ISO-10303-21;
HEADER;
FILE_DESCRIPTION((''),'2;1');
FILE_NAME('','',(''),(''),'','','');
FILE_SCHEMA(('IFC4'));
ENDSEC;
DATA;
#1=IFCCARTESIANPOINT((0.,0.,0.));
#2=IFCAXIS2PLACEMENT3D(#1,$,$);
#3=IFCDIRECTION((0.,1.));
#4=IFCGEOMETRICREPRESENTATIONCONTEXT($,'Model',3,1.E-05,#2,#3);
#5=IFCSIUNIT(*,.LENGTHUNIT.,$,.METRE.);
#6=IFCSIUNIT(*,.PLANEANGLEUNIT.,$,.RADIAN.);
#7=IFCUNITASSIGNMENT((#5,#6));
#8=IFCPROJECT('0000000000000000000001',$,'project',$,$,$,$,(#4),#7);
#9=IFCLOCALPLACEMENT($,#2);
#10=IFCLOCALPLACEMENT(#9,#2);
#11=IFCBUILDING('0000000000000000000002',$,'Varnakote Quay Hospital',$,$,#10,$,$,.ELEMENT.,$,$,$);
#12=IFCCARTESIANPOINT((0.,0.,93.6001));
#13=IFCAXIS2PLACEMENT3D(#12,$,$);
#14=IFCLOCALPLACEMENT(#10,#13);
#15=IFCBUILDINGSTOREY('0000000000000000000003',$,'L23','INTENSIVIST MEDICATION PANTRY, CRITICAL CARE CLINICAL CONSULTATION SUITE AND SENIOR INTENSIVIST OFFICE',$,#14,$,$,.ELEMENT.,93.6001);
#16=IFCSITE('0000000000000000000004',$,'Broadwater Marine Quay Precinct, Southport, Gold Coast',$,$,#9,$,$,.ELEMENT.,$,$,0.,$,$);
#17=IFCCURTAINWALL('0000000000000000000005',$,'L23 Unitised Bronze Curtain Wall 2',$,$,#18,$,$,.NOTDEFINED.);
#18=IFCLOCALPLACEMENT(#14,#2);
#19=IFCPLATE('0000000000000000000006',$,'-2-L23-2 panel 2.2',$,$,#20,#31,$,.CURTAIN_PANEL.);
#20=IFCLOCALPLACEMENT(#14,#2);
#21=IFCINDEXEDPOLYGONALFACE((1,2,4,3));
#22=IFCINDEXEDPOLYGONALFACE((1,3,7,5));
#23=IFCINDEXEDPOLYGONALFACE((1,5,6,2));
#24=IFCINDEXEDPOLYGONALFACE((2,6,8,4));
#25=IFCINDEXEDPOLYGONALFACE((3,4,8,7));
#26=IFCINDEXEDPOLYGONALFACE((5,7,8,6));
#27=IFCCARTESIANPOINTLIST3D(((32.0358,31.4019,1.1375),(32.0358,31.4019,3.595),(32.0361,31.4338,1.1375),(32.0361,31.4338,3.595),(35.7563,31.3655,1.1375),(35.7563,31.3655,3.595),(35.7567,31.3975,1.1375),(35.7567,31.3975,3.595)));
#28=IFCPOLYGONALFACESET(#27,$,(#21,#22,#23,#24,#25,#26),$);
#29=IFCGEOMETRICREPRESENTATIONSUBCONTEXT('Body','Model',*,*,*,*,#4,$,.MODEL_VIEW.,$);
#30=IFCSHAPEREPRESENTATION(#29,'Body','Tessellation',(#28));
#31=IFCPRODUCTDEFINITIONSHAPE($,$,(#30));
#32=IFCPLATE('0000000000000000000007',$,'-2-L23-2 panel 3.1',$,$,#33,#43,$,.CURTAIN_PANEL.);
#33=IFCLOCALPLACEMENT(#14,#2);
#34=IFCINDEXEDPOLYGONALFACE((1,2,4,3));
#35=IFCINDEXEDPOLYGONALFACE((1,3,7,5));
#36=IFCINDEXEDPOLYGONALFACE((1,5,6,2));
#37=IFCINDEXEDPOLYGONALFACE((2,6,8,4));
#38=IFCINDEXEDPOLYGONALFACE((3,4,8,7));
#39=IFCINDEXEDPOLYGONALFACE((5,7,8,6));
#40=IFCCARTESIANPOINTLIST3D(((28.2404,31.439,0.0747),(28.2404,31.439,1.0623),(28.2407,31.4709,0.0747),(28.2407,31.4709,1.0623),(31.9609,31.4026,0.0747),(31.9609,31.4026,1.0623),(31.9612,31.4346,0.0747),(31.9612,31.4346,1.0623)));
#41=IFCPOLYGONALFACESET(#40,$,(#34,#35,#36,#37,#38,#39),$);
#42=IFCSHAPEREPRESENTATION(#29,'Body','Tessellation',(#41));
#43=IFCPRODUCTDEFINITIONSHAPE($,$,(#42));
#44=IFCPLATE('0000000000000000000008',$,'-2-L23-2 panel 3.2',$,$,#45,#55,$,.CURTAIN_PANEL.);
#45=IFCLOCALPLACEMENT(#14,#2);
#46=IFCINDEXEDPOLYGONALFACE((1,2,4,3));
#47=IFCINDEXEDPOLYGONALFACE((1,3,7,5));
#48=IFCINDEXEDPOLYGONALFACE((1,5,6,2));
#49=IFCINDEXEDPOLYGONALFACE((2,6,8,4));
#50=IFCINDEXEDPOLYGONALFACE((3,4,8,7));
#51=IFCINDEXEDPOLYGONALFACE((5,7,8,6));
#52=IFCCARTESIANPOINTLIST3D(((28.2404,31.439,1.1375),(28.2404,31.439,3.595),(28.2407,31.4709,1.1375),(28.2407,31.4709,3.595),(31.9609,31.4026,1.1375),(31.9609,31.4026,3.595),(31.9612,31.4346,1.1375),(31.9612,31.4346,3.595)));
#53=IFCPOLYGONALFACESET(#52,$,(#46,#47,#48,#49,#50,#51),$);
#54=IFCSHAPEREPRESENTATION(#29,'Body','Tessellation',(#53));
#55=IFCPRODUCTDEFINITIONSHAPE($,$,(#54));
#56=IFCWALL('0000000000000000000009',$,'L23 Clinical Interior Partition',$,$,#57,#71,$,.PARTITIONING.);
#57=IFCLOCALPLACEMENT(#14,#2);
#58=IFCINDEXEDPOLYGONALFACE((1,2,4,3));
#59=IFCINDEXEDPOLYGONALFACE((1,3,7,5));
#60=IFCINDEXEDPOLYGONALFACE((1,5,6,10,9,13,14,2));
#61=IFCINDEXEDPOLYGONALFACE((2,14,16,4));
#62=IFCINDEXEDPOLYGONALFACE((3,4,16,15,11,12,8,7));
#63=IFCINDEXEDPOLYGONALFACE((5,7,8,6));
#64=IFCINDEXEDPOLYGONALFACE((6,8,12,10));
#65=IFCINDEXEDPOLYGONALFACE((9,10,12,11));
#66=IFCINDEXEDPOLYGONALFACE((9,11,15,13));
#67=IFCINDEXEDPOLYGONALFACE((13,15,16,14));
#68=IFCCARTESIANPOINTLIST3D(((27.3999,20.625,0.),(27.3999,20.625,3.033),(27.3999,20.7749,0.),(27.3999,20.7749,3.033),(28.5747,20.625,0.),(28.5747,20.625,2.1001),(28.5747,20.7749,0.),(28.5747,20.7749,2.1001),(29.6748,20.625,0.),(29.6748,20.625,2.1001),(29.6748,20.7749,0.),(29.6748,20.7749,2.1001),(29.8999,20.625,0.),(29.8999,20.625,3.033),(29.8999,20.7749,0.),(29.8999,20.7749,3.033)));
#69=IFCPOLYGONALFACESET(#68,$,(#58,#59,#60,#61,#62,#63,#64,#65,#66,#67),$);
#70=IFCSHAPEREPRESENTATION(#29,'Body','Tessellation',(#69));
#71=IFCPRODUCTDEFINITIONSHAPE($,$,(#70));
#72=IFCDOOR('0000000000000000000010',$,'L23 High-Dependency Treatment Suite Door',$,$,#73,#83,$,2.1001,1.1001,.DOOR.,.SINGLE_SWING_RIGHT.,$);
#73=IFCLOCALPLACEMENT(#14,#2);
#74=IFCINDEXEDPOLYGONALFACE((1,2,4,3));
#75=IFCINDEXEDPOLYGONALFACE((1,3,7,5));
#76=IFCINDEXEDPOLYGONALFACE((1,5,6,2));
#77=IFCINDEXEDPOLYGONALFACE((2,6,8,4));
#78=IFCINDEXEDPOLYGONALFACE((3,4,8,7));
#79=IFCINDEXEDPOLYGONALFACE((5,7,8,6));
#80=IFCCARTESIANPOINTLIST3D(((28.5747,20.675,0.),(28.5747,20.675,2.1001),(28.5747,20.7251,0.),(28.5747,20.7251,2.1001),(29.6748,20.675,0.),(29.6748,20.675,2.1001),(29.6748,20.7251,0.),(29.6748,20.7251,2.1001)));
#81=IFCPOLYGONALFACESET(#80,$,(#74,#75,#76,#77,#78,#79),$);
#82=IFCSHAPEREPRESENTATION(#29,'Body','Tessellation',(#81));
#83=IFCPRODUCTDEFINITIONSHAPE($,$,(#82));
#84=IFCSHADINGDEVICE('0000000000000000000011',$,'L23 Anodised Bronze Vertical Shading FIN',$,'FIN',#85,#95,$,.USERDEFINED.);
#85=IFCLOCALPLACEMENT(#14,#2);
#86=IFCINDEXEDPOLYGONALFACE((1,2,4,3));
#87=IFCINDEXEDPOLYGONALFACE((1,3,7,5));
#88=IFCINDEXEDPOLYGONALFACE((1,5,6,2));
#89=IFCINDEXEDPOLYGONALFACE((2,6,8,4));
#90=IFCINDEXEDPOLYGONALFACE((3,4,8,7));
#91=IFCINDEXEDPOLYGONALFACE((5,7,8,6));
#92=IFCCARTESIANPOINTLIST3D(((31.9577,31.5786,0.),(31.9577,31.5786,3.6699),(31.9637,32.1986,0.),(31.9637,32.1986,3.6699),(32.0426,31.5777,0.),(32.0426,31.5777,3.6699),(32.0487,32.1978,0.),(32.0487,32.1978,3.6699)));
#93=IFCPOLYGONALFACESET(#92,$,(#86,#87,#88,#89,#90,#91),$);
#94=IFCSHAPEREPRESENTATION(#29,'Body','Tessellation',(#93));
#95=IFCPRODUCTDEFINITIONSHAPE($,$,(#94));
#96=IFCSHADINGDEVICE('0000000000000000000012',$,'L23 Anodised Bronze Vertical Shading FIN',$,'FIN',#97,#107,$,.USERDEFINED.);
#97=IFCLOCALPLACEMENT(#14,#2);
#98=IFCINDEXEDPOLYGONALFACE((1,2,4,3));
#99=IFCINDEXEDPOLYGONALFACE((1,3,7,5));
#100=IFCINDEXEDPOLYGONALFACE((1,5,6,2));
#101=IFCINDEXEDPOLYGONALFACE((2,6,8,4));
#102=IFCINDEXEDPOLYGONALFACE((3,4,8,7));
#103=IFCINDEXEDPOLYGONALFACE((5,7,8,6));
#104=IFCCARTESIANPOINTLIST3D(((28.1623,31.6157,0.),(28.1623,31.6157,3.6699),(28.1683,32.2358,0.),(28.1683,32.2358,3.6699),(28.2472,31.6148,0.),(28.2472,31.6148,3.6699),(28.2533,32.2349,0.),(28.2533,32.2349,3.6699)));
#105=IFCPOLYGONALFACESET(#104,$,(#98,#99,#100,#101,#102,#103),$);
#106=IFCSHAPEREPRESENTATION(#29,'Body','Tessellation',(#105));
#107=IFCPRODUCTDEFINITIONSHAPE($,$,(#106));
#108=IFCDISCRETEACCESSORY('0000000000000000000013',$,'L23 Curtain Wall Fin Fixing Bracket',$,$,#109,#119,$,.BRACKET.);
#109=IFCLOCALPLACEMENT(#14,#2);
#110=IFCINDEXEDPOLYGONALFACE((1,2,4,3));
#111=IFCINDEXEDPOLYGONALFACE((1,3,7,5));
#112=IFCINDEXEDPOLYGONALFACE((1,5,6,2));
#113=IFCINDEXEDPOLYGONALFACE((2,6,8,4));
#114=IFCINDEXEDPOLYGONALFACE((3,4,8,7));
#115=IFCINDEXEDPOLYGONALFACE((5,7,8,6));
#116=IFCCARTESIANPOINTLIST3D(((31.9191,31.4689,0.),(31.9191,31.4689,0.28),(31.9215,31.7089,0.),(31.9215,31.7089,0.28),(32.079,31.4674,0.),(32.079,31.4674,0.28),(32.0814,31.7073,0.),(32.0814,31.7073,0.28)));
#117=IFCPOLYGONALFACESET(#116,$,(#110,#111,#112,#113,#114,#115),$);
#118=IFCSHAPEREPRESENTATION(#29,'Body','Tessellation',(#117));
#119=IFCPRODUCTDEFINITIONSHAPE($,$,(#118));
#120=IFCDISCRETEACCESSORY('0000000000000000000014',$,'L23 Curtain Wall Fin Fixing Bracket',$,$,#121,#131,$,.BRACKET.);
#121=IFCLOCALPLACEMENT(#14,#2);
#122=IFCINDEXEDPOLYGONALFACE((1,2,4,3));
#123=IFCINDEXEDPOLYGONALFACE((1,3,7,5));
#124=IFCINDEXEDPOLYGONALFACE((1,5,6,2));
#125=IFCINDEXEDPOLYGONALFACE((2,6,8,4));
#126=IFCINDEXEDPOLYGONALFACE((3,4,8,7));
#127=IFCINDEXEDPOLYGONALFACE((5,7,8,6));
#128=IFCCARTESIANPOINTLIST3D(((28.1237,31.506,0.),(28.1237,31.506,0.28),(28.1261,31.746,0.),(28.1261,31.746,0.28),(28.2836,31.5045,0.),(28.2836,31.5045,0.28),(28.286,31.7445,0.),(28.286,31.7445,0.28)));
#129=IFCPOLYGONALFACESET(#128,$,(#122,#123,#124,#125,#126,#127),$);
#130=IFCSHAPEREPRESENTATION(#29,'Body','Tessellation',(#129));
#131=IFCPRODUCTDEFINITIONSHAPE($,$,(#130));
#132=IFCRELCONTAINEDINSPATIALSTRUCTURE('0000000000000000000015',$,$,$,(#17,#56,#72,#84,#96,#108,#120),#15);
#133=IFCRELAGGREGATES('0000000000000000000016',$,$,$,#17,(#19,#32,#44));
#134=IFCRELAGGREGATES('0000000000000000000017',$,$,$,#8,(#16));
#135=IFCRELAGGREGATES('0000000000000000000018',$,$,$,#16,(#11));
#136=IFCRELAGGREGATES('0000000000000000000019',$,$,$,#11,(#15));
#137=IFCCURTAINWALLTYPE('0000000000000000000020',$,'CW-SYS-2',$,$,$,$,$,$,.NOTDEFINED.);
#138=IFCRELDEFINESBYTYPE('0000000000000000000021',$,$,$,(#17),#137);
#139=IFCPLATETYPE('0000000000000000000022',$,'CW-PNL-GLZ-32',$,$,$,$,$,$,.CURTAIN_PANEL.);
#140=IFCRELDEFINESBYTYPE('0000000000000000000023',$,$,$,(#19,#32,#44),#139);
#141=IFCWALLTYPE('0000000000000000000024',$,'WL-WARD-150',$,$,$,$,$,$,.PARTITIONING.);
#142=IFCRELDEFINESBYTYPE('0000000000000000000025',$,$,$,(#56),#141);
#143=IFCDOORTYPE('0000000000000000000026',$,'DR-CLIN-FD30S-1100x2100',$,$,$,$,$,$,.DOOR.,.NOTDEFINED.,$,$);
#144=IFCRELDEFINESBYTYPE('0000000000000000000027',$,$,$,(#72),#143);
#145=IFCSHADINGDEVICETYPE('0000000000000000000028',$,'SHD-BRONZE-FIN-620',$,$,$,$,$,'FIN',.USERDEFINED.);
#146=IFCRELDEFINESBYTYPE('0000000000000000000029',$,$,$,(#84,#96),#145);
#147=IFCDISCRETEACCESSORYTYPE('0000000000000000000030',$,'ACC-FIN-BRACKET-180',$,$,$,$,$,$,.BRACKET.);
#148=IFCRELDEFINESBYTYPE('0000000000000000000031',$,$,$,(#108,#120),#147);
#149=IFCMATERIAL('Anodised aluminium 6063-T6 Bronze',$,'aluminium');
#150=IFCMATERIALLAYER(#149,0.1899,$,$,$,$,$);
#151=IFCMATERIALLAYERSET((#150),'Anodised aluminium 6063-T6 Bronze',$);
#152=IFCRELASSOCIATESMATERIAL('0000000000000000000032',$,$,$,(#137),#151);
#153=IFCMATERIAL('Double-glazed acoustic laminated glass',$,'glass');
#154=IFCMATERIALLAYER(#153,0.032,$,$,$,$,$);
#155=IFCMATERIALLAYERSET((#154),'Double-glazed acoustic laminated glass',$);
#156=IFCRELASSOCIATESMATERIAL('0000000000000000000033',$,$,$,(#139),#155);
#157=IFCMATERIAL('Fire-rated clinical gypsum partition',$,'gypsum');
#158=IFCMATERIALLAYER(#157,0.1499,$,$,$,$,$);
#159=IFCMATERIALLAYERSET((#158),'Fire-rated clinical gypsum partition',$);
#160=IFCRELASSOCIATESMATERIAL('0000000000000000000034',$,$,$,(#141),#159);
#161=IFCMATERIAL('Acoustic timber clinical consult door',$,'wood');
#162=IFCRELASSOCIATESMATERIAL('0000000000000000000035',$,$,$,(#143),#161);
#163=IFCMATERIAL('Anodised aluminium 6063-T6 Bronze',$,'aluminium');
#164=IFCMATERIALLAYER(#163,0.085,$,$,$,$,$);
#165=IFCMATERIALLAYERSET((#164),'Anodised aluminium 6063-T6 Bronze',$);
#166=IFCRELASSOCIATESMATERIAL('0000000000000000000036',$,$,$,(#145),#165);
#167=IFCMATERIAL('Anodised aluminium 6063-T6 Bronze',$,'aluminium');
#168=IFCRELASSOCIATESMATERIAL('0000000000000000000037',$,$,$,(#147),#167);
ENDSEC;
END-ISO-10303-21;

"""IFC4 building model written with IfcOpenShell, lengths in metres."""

from ifc_helpers import new_model, si_unit, direction, frame, frame_2d, origin, origin_2d, place, context, subcontext, project, spatial, rectangle, extrude, material, layer, layer_set, type_object, element, fill, aggregate, save


model = new_model("IFC4")

# Units and contexts
model_context = context("Model", 3, precision=1e-05, world=origin(), true_north=direction((0.0, 1.0)))
body_context = subcontext(model_context, "Body", "Model", "MODEL_VIEW")
ifc_project = project(units=[si_unit("LENGTHUNIT", "METRE"), si_unit("PLANEANGLEUNIT", "RADIAN")], contexts=[model_context])

# Site, building, storey
site_placement = place(None, origin())
site = spatial("IfcSite", under=ifc_project, at=site_placement, Name="Broadwater Marine Quay Precinct, Southport, Gold Coast", CompositionType="ELEMENT", RefElevation=0.0)
building_placement = place(site_placement, origin())
building = spatial("IfcBuilding", under=site, at=building_placement, Name="Varnakote Quay Hospital", CompositionType="ELEMENT")
storey_placement = place(building_placement, frame((0.0, 0.0, 93.6001)))
storey = spatial("IfcBuildingStorey", under=building, at=storey_placement, Name="L23", Description="INTENSIVIST MEDICATION PANTRY, CRITICAL CARE CLINICAL CONSULTATION SUITE AND SENIOR INTENSIVIST OFFICE", CompositionType="ELEMENT", Elevation=93.6001)

# Curtain wall
ifc_material_1 = material(Name="Anodised aluminium 6063-T6 Bronze", Category="aluminium")
ifc_layer_1 = layer(ifc_material_1, 0.1899)
ifc_layer_set_1 = layer_set([ifc_layer_1], Name="Anodised aluminium 6063-T6 Bronze")
curtain_wall_type = type_object("IfcCurtainWallType", Name="CW-SYS-2", PredefinedType="NOTDEFINED", material=ifc_layer_set_1)
curtain_wall_placement = place(storey_placement, origin())
curtain_wall = element("IfcCurtainWall", 1, at=curtain_wall_placement, inside=storey, type_object=curtain_wall_type, Name="L23 Unitised Bronze Curtain Wall 2", PredefinedType="NOTDEFINED")

# Plates
ifc_material_2 = material(Name="Double-glazed acoustic laminated glass", Category="glass")
ifc_layer_2 = layer(ifc_material_2, 0.032)
ifc_layer_set_2 = layer_set([ifc_layer_2], Name="Double-glazed acoustic laminated glass")
plate_type = type_object("IfcPlateType", Name="CW-PNL-GLZ-32", PredefinedType="CURTAIN_PANEL", material=ifc_layer_set_2)
plate_1_placement = place(storey_placement, frame((33.8962, 31.3997, 1.1375), z_axis=(0.0, 0.0, 1.0), x_axis=(-0.999952, 0.009774, 0.0)))
plate_1 = element("IfcPlate", 2, at=plate_1_placement, type_object=plate_type, Name="-2-L23-2 panel 2.2", PredefinedType="CURTAIN_PANEL", context=body_context, shape_type="SweptSolid", body=[
    extrude(rectangle(XDim=3.7207, YDim=0.032, at=origin_2d()), origin(), (0.0, 0.0, 1.0), 2.4575),
])
plate_2_placement = place(storey_placement, frame((30.1008, 31.4368, 0.0747), z_axis=(0.0, 0.0, 1.0), x_axis=(-0.999952, 0.009774, 0.0)))
plate_2 = element("IfcPlate", 3, at=plate_2_placement, type_object=plate_type, Name="-2-L23-2 panel 3.1", PredefinedType="CURTAIN_PANEL", context=body_context, shape_type="SweptSolid", body=[
    extrude(rectangle(XDim=3.7207, YDim=0.032, at=origin_2d()), origin(), (0.0, 0.0, 1.0), 0.9875),
])
plate_3_placement = place(storey_placement, frame((30.1008, 31.4368, 1.1375), z_axis=(0.0, 0.0, 1.0), x_axis=(-0.999952, 0.009774, 0.0)))
plate_3 = element("IfcPlate", 4, at=plate_3_placement, type_object=plate_type, Name="-2-L23-2 panel 3.2", PredefinedType="CURTAIN_PANEL", context=body_context, shape_type="SweptSolid", body=[
    extrude(rectangle(XDim=3.7207, YDim=0.032, at=origin_2d()), origin(), (0.0, 0.0, 1.0), 2.4575),
])
aggregate(curtain_wall, [plate_1, plate_2, plate_3])

# Wall, opening, door
ifc_material_3 = material(Name="Fire-rated clinical gypsum partition", Category="gypsum")
ifc_layer_3 = layer(ifc_material_3, 0.1499)
ifc_layer_set_3 = layer_set([ifc_layer_3], Name="Fire-rated clinical gypsum partition")
wall_type = type_object("IfcWallType", Name="WL-WARD-150", PredefinedType="PARTITIONING", material=ifc_layer_set_3)
wall_placement = place(storey_placement, frame((29.8999, 20.7, 0.0), z_axis=(0.0, 0.0, 1.0), x_axis=(-1.0, 0.0, 0.0)))
wall = element("IfcWall", 5, at=wall_placement, inside=storey, type_object=wall_type, Name="L23 Clinical Interior Partition", PredefinedType="PARTITIONING", context=body_context, shape_type="SweptSolid", body=[
    extrude(rectangle(XDim=2.5, YDim=0.1499, at=frame_2d((1.25, 0.0))), origin(), (0.0, 0.0, 1.0), 3.033),
])
opening_placement = place(wall_placement, frame((0.2251, 0.0, 0.0)))
opening = element("IfcOpeningElement", 6, at=opening_placement, cuts=wall, PredefinedType="OPENING", context=body_context, shape_type="SweptSolid", body=[
    extrude(rectangle(XDim=1.1001, YDim=2.1001, at=frame_2d((0.55, 1.05))), frame((0.0, 0.085, 0.0), z_axis=(0.0, -1.0, 0.0), x_axis=(1.0, 0.0, 0.0)), (0.0, 0.0, 1.0), 0.1699),
])
ifc_material_4 = material(Name="Acoustic timber clinical consult door", Category="wood")
door_type = type_object("IfcDoorType", Name="DR-CLIN-FD30S-1100x2100", OperationType="NOTDEFINED", PredefinedType="DOOR", material=ifc_material_4)
door_placement = place(opening_placement, origin())
door = element("IfcDoor", 7, at=door_placement, inside=storey, type_object=door_type, Name="L23 High-Dependency Treatment Suite Door", OperationType="SINGLE_SWING_RIGHT", OverallHeight=2.1001, OverallWidth=1.1001, PredefinedType="DOOR", context=body_context, shape_type="SweptSolid", body=[
    extrude(rectangle(XDim=1.1001, YDim=2.1001, at=frame_2d((0.55, 1.05))), frame((0.0, 0.0249, 0.0), z_axis=(0.0, -1.0, 0.0), x_axis=(1.0, 0.0, 0.0)), (0.0, 0.0, 1.0), 0.05),
])
fill(opening, door)

# Shading devices
ifc_material_5 = material(Name="Anodised aluminium 6063-T6 Bronze", Category="aluminium")
ifc_layer_4 = layer(ifc_material_5, 0.085)
ifc_layer_set_4 = layer_set([ifc_layer_4], Name="Anodised aluminium 6063-T6 Bronze")
shading_device_type = type_object("IfcShadingDeviceType", Name="SHD-BRONZE-FIN-620", ElementType="FIN", PredefinedType="USERDEFINED", material=ifc_layer_set_4)
for number, where, z_axis, x_axis, name in (
    (8, (32.0032, 31.8882, 0.0), (0.0, 0.0, 1.0), (-0.009774, -0.999952, 0.0), "L23 Anodised Bronze Vertical Shading FIN"),
    (9, (28.2078, 31.9253, 0.0), (0.0, 0.0, 1.0), (-0.009774, -0.999952, 0.0), "L23 Anodised Bronze Vertical Shading FIN"),
):
    element("IfcShadingDevice", number, at=place(storey_placement, frame(where, z_axis=z_axis, x_axis=x_axis)), inside=storey, type_object=shading_device_type, Name=name, ObjectType="FIN", PredefinedType="USERDEFINED", context=body_context, shape_type="SweptSolid", body=[
        extrude(rectangle(XDim=0.6201, YDim=0.085, at=origin_2d()), origin(), (0.0, 0.0, 1.0), 3.6699),
    ])

# Discrete accessories
ifc_material_6 = material(Name="Anodised aluminium 6063-T6 Bronze", Category="aluminium")
discrete_accessory_type = type_object("IfcDiscreteAccessoryType", Name="ACC-FIN-BRACKET-180", PredefinedType="BRACKET", material=ifc_material_6)
for number, where, z_axis, x_axis, name in (
    (10, (32.0002, 31.5881, 0.0), (0.0, 0.0, 1.0), (-0.999952, 0.009774, 0.0), "L23 Curtain Wall Fin Fixing Bracket"),
    (11, (28.2048, 31.6252, 0.0), (0.0, 0.0, 1.0), (-0.999952, 0.009774, 0.0), "L23 Curtain Wall Fin Fixing Bracket"),
):
    element("IfcDiscreteAccessory", number, at=place(storey_placement, frame(where, z_axis=z_axis, x_axis=x_axis)), inside=storey, type_object=discrete_accessory_type, Name=name, PredefinedType="BRACKET", context=body_context, shape_type="SweptSolid", body=[
        extrude(rectangle(XDim=0.1599, YDim=0.24, at=origin_2d()), origin(), (0.0, 0.0, 1.0), 0.28),
    ])

save(model, "model.ifc")
